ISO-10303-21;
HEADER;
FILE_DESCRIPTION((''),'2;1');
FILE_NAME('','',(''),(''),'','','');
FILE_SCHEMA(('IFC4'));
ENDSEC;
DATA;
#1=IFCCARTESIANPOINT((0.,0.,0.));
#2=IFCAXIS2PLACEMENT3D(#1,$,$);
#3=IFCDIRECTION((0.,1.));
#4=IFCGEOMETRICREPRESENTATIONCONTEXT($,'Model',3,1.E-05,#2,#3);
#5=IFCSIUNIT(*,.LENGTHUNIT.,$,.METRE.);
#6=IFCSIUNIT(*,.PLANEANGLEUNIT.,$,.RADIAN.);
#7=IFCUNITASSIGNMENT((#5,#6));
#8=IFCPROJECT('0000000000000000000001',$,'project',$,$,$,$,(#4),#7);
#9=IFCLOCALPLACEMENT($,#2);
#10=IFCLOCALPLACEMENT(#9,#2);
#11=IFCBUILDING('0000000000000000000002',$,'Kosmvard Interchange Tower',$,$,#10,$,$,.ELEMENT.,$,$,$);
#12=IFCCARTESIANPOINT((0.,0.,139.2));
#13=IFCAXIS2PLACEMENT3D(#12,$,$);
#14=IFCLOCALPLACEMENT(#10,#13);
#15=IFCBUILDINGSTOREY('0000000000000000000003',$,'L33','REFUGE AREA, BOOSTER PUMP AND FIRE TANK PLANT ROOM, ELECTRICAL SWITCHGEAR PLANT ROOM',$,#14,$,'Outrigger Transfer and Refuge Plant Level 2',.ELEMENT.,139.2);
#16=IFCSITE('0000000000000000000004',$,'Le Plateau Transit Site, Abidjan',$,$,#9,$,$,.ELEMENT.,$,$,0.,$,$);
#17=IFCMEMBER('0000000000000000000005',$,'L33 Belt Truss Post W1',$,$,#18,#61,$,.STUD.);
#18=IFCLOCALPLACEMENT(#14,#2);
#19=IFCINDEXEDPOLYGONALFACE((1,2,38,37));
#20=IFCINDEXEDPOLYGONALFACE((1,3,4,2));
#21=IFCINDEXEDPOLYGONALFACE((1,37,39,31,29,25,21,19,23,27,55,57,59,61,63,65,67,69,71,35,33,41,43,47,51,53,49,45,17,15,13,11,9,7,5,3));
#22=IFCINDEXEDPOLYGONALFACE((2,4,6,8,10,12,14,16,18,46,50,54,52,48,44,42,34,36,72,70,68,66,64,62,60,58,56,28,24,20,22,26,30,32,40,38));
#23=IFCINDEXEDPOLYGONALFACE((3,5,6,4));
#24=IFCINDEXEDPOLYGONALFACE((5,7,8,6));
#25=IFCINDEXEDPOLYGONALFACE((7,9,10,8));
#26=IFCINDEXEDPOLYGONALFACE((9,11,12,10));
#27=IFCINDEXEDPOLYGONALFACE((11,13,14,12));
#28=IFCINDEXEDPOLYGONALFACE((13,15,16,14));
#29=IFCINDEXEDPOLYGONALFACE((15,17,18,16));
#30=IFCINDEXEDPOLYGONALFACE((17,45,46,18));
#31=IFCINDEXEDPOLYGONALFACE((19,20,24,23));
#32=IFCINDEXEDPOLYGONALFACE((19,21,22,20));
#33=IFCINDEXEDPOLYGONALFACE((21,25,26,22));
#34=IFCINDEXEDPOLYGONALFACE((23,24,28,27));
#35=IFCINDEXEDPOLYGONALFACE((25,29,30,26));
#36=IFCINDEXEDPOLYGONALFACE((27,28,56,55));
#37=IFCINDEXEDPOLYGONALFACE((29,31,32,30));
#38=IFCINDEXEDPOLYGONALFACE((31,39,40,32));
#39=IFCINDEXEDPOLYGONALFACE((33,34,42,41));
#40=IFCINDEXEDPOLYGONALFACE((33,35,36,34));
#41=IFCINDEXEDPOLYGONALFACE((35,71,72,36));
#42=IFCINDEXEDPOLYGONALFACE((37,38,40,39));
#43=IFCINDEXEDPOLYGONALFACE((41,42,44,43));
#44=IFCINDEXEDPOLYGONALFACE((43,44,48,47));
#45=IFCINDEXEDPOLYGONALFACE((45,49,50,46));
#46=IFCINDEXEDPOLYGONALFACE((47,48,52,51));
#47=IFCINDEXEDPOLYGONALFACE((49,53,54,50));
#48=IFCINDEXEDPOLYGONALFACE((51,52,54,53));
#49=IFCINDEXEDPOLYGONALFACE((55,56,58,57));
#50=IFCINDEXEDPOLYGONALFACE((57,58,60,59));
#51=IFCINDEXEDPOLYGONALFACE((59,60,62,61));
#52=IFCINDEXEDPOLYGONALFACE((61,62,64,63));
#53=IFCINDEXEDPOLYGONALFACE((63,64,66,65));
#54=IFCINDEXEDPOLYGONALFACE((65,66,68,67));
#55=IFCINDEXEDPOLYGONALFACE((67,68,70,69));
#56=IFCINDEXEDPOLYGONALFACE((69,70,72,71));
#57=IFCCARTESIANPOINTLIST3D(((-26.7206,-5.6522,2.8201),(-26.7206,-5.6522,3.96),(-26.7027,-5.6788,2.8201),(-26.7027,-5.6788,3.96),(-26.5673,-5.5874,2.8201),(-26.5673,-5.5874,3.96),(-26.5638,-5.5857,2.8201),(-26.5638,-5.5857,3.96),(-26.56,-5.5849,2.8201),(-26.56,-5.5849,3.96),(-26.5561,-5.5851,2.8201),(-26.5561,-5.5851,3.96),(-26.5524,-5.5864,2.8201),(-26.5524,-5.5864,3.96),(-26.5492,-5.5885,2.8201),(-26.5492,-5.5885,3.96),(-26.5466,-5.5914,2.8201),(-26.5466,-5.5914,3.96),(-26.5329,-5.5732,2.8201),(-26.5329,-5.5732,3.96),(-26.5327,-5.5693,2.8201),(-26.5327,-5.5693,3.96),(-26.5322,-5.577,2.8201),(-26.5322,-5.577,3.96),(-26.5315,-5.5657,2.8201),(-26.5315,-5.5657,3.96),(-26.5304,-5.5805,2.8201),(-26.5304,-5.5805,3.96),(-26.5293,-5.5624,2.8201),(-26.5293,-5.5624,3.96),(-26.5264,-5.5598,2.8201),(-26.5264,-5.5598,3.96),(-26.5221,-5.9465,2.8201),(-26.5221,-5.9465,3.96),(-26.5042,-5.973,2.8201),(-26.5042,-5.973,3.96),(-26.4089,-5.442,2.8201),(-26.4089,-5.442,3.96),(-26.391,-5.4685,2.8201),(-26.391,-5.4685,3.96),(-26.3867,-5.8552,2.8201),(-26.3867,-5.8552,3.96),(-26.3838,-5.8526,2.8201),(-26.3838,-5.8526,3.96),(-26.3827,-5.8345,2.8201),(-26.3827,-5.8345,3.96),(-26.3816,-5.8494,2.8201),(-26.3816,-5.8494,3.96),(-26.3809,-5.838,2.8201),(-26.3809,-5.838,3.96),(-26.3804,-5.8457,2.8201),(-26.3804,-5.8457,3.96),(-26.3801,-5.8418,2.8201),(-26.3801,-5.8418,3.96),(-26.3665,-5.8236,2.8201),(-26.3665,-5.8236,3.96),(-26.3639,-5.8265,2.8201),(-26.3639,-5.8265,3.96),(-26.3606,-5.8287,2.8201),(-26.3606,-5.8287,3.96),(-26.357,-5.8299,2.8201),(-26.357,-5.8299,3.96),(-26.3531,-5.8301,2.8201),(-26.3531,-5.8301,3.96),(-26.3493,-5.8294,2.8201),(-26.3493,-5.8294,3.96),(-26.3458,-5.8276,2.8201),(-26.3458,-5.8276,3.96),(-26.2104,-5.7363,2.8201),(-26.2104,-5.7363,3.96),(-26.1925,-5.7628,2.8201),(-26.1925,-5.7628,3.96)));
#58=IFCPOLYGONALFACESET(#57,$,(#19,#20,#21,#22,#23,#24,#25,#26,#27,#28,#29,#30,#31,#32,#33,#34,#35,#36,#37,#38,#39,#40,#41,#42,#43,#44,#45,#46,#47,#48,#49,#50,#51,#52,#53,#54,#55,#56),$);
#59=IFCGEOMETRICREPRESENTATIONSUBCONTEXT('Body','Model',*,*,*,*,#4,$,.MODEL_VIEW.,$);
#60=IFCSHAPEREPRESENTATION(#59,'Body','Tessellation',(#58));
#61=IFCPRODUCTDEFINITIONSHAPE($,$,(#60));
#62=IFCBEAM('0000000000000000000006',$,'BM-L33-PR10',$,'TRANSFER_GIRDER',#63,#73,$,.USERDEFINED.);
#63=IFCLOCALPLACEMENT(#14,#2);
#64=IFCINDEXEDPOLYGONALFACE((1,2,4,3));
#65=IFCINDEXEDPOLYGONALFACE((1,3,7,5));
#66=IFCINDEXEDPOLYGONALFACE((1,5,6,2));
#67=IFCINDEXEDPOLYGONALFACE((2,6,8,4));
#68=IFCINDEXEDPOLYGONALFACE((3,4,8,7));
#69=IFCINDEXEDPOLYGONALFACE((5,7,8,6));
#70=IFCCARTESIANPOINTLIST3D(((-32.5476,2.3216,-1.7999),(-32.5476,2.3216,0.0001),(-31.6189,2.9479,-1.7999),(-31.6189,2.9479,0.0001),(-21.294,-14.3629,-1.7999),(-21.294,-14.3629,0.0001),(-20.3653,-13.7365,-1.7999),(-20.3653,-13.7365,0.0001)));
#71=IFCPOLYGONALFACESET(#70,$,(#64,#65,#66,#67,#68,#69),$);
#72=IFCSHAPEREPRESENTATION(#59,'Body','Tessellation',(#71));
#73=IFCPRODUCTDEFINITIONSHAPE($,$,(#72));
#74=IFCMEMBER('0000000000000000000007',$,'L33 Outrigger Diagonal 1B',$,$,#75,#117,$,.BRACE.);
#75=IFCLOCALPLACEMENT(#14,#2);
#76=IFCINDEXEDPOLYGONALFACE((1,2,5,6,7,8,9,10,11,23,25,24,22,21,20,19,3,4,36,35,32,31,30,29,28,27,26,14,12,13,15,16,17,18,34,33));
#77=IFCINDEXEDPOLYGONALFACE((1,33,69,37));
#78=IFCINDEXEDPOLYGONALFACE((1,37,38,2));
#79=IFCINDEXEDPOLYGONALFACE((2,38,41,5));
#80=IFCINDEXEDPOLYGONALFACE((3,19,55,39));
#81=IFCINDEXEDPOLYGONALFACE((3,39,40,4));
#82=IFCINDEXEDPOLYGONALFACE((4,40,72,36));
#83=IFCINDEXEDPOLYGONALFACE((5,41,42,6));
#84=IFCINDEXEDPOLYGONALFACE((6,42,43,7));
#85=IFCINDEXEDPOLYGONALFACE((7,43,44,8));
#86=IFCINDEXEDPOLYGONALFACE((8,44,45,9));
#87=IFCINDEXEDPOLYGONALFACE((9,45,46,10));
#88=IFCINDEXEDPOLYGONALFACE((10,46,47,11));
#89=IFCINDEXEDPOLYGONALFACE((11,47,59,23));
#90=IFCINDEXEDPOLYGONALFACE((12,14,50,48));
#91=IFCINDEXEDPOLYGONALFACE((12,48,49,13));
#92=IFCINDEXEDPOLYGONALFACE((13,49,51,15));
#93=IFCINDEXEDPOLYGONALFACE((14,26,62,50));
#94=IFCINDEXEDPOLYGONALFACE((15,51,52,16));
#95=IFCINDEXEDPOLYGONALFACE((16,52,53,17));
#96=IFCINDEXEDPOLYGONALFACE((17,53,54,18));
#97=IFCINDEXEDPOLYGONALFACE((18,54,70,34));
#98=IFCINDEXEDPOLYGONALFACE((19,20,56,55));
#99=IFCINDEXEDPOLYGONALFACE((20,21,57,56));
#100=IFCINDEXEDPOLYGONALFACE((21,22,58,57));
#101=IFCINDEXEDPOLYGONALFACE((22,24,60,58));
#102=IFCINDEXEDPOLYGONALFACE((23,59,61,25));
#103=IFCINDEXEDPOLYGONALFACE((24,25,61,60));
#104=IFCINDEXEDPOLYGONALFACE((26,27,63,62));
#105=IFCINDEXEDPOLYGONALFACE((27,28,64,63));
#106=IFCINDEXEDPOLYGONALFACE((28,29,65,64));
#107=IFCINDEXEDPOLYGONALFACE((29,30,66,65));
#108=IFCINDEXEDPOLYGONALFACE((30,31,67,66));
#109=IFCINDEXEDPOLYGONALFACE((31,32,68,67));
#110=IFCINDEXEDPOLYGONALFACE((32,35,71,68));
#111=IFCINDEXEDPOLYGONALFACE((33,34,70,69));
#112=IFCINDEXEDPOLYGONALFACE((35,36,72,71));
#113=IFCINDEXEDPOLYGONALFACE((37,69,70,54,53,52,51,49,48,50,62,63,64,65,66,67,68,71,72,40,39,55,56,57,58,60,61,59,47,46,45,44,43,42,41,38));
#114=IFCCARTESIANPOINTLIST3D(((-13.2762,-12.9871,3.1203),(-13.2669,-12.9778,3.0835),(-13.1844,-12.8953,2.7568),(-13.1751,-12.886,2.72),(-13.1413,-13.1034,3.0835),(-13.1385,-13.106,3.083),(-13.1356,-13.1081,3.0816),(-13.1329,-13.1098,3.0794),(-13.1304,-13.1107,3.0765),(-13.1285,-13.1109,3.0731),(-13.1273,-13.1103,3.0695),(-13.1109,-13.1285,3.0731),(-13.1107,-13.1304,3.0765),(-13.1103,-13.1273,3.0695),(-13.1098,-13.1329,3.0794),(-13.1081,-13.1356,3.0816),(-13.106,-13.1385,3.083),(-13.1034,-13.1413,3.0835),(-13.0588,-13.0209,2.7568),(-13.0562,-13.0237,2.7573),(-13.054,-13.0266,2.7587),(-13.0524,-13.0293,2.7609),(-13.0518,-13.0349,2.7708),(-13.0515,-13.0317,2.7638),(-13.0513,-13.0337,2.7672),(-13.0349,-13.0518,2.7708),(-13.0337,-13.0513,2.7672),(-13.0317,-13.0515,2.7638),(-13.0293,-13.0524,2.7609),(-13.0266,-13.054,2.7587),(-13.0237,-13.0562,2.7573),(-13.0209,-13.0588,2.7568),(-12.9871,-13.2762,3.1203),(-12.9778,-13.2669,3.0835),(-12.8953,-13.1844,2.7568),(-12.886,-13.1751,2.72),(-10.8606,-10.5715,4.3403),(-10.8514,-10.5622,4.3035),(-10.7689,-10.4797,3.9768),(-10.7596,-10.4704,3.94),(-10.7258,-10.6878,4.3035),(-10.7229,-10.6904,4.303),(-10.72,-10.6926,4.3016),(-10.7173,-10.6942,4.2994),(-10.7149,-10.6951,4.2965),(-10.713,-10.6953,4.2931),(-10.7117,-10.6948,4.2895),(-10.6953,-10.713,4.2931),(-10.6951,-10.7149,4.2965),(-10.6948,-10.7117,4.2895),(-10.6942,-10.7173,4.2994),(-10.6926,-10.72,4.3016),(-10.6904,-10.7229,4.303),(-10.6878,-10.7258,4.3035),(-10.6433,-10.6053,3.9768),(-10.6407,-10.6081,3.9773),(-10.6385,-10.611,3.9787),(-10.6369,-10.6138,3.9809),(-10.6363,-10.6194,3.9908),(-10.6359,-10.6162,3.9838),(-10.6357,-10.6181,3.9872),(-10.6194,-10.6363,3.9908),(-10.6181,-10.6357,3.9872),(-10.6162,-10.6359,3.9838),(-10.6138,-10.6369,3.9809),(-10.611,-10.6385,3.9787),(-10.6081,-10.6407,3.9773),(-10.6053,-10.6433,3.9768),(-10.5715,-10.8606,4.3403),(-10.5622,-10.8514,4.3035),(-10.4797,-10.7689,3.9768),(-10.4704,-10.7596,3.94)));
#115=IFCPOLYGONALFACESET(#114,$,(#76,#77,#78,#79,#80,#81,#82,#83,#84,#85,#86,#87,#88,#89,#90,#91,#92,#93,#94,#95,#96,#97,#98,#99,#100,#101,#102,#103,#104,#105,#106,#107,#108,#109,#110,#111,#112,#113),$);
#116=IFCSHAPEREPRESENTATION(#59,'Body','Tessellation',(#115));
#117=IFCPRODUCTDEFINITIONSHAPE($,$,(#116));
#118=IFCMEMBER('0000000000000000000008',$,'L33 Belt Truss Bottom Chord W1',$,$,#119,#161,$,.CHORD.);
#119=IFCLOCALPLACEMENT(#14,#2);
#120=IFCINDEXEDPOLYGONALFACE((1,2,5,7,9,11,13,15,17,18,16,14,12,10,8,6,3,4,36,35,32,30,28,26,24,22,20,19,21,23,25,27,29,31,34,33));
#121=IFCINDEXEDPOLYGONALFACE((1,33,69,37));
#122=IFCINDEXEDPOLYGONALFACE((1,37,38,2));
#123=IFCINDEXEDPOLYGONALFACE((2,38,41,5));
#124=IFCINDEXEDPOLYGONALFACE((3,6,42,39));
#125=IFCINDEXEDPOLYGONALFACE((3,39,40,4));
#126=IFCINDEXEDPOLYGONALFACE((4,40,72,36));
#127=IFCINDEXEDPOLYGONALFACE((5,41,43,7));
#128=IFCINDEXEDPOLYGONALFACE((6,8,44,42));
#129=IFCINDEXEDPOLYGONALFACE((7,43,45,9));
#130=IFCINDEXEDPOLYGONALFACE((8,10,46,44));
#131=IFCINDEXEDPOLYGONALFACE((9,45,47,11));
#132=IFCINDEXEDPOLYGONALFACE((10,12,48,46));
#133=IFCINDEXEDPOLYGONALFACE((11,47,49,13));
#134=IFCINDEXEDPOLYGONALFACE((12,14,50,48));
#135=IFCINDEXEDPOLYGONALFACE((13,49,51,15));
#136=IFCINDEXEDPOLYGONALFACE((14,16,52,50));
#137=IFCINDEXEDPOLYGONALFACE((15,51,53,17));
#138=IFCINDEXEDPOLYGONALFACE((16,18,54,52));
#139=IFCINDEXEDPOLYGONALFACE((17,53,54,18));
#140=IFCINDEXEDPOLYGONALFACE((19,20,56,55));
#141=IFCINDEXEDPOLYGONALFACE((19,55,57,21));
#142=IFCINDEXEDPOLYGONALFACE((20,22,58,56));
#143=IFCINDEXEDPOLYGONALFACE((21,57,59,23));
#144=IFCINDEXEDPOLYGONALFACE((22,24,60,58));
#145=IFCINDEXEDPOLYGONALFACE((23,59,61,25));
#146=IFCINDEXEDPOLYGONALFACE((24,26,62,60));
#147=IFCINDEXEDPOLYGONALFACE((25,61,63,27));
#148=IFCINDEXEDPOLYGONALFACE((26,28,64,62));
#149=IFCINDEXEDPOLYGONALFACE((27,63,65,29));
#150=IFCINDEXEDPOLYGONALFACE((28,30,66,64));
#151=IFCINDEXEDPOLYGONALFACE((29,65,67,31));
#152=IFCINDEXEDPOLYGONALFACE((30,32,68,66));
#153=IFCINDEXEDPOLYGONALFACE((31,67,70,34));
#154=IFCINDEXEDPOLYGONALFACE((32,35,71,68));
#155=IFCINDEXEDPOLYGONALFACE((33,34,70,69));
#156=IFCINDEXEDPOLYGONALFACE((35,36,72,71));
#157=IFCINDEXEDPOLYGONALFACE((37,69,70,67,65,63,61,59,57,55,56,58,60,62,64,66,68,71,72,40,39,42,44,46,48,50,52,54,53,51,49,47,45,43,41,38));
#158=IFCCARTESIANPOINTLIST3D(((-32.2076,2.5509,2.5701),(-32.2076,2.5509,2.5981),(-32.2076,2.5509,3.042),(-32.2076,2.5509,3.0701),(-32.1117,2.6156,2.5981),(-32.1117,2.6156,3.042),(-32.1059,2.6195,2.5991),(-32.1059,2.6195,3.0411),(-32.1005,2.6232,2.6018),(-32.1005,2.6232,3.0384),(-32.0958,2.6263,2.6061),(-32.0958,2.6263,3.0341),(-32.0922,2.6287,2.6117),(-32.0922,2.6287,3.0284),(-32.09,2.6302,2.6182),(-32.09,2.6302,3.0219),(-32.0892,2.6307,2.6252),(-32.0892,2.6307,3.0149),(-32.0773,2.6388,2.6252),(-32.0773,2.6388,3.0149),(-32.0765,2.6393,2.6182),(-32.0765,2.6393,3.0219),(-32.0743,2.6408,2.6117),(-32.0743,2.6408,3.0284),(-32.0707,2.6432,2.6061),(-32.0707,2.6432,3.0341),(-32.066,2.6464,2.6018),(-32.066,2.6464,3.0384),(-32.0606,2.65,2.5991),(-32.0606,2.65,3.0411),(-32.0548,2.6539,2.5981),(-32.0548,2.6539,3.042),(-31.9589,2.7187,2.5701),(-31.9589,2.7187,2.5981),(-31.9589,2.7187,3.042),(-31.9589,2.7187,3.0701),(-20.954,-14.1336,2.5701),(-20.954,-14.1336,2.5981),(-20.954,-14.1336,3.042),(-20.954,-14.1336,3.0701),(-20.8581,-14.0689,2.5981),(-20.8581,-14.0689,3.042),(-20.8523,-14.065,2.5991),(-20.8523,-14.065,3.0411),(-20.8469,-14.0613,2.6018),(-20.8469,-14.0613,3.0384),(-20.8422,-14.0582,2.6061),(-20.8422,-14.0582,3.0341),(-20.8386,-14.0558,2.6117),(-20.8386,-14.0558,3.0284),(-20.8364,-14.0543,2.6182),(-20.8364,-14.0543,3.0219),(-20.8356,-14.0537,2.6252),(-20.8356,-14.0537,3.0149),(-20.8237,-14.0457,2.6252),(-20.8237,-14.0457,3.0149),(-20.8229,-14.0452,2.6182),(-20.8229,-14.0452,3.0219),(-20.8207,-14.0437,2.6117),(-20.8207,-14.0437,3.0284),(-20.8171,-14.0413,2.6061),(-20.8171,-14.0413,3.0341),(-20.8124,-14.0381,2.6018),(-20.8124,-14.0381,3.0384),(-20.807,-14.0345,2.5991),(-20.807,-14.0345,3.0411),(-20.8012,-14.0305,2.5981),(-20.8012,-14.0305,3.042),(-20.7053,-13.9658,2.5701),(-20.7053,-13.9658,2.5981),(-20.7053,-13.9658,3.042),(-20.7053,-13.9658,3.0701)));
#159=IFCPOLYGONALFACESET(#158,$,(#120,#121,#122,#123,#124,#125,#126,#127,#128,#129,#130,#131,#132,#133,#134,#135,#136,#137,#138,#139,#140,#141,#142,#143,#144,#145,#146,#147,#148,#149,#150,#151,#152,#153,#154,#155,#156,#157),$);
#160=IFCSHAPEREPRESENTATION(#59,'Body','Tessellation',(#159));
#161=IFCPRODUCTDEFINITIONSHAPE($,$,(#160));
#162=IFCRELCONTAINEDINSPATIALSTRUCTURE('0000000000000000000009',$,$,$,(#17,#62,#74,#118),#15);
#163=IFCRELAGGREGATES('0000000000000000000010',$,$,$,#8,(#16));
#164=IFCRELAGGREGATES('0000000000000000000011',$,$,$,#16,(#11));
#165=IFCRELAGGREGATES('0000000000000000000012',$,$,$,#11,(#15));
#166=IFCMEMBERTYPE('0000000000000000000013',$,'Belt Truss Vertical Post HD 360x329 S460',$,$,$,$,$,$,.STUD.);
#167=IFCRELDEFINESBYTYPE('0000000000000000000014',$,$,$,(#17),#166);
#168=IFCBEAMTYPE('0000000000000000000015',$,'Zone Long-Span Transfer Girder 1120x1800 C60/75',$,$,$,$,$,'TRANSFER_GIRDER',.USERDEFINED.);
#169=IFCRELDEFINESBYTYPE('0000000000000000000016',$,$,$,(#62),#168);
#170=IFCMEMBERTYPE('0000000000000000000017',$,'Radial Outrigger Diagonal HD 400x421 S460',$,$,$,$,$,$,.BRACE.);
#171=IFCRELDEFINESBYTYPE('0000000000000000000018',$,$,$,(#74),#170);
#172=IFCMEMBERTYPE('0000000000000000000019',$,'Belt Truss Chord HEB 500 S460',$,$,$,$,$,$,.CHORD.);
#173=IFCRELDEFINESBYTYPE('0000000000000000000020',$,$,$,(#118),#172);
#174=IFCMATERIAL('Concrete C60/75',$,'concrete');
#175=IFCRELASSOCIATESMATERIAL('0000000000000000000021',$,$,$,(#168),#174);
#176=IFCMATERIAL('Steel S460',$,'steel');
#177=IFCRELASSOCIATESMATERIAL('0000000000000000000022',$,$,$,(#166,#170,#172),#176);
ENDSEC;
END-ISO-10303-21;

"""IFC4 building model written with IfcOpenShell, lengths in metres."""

from ifc_helpers import new_model, si_unit, direction, frame, origin, origin_2d, place, context, subcontext, project, spatial, rectangle, i_section, extrude, source, transform, mapped, material, material_profile, profile_set, type_object, element, save


model = new_model("IFC4")

# Units and contexts
model_context = context("Model", 3, precision=1e-05, world=origin(), true_north=direction((0.0, 1.0)))
body_context = subcontext(model_context, "Body", "Model", "MODEL_VIEW")
ifc_project = project(units=[si_unit("LENGTHUNIT", "METRE"), si_unit("PLANEANGLEUNIT", "RADIAN")], contexts=[model_context])

# Site, building, storey
site_placement = place(None, origin())
site = spatial("IfcSite", under=ifc_project, at=site_placement, Name="Le Plateau Transit Site, Abidjan", CompositionType="ELEMENT", RefElevation=0.0)
building_placement = place(site_placement, origin())
building = spatial("IfcBuilding", under=site, at=building_placement, Name="Kosmvard Interchange Tower", CompositionType="ELEMENT")
storey_placement = place(building_placement, frame((0.0, 0.0, 139.2)))
storey = spatial("IfcBuildingStorey", under=building, at=storey_placement, Name="L33", Description="REFUGE AREA, BOOSTER PUMP AND FIRE TANK PLANT ROOM, ELECTRICAL SWITCHGEAR PLANT ROOM", LongName="Outrigger Transfer and Refuge Plant Level 2", CompositionType="ELEMENT", Elevation=139.2)

# Shared definitions
ifc_material_1 = material(Name="Steel S460", Category="steel")
ifc_material_2 = material(Name="Concrete C60/75", Category="concrete")
ifc_material_profile_1 = material_profile(ifc_material_2, rectangle(XDim=1.1201, YDim=1.8, at=origin_2d()), Name="TG 1120x1800")
ifc_profile_set_1 = profile_set([ifc_material_profile_1], Name="Concrete C60/75")
beam_type_1 = type_object("IfcBeamType", Name="Zone Long-Span Transfer Girder 1120x1800 C60/75", ElementType="TRANSFER_GIRDER", PredefinedType="USERDEFINED", material=ifc_profile_set_1)

# Member
ifc_material_profile_2 = material_profile(ifc_material_1, i_section(OverallWidth=0.376, OverallDepth=0.387, WebThickness=0.0195, FlangeThickness=0.032, FilletRadius=0.0149, at=origin_2d()), Name="HD 360x329")
ifc_profile_set_2 = profile_set([ifc_material_profile_2], Name="Steel S460")
member_type_1 = type_object("IfcMemberType", Name="Belt Truss Vertical Post HD 360x329 S460", PredefinedType="STUD", material=ifc_profile_set_2)
shared_shape_1 = source(origin(), body_context, "Body", "SweptSolid", [
    extrude(i_section(OverallWidth=0.376, OverallDepth=0.387, WebThickness=0.0195, FlangeThickness=0.032, FilletRadius=0.0149, at=origin_2d()), origin(), (0.0, 0.0, 1.0), 1.1399),
])
member_1_placement = place(storey_placement, frame((-26.4565, -5.7075, 2.8201), z_axis=(0.0, 0.0, 1.0), x_axis=(0.829038, 0.559193, 0.0)))
element("IfcMember", 1, at=member_1_placement, inside=storey, type_object=member_type_1, Name="L33 Belt Truss Post W1", PredefinedType="STUD", context=body_context, shape_type="MappedRepresentation", body=[
    mapped(shared_shape_1, transform((0.0, 0.0, 0.0), scale=1.0)),
])

# Beam
shared_shape_2 = source(origin(), body_context, "Body", "SweptSolid", [
    extrude(rectangle(XDim=1.1201, YDim=1.8, at=origin_2d()), origin(), (0.0, 0.0, 1.0), 20.125),
])
beam_1_placement = place(storey_placement, frame((-32.0833, 2.6348, -0.8999), z_axis=(0.559185, -0.829043, 0.0), x_axis=(0.829043, 0.559185, 0.0)))
element("IfcBeam", 2, at=beam_1_placement, inside=storey, type_object=beam_type_1, Name="BM-L33-PR10", ObjectType="TRANSFER_GIRDER", PredefinedType="USERDEFINED", context=body_context, shape_type="MappedRepresentation", body=[
    mapped(shared_shape_2, transform((0.0, 0.0, 0.0), scale=1.0)),
])

# Members
ifc_material_profile_3 = material_profile(ifc_material_1, i_section(OverallWidth=0.4089, OverallDepth=0.425, WebThickness=0.0239, FlangeThickness=0.0391, FilletRadius=0.0149, at=origin_2d()), Name="HD 400x421")
ifc_profile_set_3 = profile_set([ifc_material_profile_3], Name="Steel S460")
member_type_2 = type_object("IfcMemberType", Name="Radial Outrigger Diagonal HD 400x421 S460", PredefinedType="BRACE", material=ifc_profile_set_3)
shared_shape_3 = source(origin(), body_context, "Body", "SweptSolid", [
    extrude(i_section(OverallWidth=0.4089, OverallDepth=0.425, WebThickness=0.0239, FlangeThickness=0.0391, FilletRadius=0.0149, at=origin_2d()), origin(), (0.0, 0.0, 1.0), 3.6274),
])
member_2_placement = place(storey_placement, frame((-10.6655, -10.6655, 4.1401), z_axis=(-0.665915, -0.665915, -0.336323), x_axis=(0.707107, -0.707107, 0.0)))
element("IfcMember", 3, at=member_2_placement, inside=storey, type_object=member_type_2, Name="L33 Outrigger Diagonal 1B", PredefinedType="BRACE", context=body_context, shape_type="MappedRepresentation", body=[
    mapped(shared_shape_3, transform((0.0, 0.0, 0.0), scale=1.0)),
])
ifc_material_profile_4 = material_profile(ifc_material_1, i_section(OverallWidth=0.3, OverallDepth=0.5, WebThickness=0.0144, FlangeThickness=0.0281, FilletRadius=0.0271, at=origin_2d()), Name="HEB 500")
ifc_profile_set_4 = profile_set([ifc_material_profile_4], Name="Steel S460")
member_type_3 = type_object("IfcMemberType", Name="Belt Truss Chord HEB 500 S460", PredefinedType="CHORD", material=ifc_profile_set_4)
shared_shape_4 = source(origin(), body_context, "Body", "SweptSolid", [
    extrude(i_section(OverallWidth=0.3, OverallDepth=0.5, WebThickness=0.0144, FlangeThickness=0.0281, FilletRadius=0.0271, at=origin_2d()), origin(), (0.0, 0.0, 1.0), 20.125),
])
for number, where, z_axis, x_axis, name in (
    (4, (-32.0833, 2.6348, 2.8201), (0.559185, -0.829043, 0.0), (0.829043, 0.559185, 0.0), "L33 Belt Truss Bottom Chord W1"),
):
    element("IfcMember", number, at=place(storey_placement, frame(where, z_axis=z_axis, x_axis=x_axis)), inside=storey, type_object=member_type_3, Name=name, PredefinedType="CHORD", context=body_context, shape_type="MappedRepresentation", body=[
        mapped(shared_shape_4, transform((0.0, 0.0, 0.0), scale=1.0)),
    ])

save(model, "model.ifc")
